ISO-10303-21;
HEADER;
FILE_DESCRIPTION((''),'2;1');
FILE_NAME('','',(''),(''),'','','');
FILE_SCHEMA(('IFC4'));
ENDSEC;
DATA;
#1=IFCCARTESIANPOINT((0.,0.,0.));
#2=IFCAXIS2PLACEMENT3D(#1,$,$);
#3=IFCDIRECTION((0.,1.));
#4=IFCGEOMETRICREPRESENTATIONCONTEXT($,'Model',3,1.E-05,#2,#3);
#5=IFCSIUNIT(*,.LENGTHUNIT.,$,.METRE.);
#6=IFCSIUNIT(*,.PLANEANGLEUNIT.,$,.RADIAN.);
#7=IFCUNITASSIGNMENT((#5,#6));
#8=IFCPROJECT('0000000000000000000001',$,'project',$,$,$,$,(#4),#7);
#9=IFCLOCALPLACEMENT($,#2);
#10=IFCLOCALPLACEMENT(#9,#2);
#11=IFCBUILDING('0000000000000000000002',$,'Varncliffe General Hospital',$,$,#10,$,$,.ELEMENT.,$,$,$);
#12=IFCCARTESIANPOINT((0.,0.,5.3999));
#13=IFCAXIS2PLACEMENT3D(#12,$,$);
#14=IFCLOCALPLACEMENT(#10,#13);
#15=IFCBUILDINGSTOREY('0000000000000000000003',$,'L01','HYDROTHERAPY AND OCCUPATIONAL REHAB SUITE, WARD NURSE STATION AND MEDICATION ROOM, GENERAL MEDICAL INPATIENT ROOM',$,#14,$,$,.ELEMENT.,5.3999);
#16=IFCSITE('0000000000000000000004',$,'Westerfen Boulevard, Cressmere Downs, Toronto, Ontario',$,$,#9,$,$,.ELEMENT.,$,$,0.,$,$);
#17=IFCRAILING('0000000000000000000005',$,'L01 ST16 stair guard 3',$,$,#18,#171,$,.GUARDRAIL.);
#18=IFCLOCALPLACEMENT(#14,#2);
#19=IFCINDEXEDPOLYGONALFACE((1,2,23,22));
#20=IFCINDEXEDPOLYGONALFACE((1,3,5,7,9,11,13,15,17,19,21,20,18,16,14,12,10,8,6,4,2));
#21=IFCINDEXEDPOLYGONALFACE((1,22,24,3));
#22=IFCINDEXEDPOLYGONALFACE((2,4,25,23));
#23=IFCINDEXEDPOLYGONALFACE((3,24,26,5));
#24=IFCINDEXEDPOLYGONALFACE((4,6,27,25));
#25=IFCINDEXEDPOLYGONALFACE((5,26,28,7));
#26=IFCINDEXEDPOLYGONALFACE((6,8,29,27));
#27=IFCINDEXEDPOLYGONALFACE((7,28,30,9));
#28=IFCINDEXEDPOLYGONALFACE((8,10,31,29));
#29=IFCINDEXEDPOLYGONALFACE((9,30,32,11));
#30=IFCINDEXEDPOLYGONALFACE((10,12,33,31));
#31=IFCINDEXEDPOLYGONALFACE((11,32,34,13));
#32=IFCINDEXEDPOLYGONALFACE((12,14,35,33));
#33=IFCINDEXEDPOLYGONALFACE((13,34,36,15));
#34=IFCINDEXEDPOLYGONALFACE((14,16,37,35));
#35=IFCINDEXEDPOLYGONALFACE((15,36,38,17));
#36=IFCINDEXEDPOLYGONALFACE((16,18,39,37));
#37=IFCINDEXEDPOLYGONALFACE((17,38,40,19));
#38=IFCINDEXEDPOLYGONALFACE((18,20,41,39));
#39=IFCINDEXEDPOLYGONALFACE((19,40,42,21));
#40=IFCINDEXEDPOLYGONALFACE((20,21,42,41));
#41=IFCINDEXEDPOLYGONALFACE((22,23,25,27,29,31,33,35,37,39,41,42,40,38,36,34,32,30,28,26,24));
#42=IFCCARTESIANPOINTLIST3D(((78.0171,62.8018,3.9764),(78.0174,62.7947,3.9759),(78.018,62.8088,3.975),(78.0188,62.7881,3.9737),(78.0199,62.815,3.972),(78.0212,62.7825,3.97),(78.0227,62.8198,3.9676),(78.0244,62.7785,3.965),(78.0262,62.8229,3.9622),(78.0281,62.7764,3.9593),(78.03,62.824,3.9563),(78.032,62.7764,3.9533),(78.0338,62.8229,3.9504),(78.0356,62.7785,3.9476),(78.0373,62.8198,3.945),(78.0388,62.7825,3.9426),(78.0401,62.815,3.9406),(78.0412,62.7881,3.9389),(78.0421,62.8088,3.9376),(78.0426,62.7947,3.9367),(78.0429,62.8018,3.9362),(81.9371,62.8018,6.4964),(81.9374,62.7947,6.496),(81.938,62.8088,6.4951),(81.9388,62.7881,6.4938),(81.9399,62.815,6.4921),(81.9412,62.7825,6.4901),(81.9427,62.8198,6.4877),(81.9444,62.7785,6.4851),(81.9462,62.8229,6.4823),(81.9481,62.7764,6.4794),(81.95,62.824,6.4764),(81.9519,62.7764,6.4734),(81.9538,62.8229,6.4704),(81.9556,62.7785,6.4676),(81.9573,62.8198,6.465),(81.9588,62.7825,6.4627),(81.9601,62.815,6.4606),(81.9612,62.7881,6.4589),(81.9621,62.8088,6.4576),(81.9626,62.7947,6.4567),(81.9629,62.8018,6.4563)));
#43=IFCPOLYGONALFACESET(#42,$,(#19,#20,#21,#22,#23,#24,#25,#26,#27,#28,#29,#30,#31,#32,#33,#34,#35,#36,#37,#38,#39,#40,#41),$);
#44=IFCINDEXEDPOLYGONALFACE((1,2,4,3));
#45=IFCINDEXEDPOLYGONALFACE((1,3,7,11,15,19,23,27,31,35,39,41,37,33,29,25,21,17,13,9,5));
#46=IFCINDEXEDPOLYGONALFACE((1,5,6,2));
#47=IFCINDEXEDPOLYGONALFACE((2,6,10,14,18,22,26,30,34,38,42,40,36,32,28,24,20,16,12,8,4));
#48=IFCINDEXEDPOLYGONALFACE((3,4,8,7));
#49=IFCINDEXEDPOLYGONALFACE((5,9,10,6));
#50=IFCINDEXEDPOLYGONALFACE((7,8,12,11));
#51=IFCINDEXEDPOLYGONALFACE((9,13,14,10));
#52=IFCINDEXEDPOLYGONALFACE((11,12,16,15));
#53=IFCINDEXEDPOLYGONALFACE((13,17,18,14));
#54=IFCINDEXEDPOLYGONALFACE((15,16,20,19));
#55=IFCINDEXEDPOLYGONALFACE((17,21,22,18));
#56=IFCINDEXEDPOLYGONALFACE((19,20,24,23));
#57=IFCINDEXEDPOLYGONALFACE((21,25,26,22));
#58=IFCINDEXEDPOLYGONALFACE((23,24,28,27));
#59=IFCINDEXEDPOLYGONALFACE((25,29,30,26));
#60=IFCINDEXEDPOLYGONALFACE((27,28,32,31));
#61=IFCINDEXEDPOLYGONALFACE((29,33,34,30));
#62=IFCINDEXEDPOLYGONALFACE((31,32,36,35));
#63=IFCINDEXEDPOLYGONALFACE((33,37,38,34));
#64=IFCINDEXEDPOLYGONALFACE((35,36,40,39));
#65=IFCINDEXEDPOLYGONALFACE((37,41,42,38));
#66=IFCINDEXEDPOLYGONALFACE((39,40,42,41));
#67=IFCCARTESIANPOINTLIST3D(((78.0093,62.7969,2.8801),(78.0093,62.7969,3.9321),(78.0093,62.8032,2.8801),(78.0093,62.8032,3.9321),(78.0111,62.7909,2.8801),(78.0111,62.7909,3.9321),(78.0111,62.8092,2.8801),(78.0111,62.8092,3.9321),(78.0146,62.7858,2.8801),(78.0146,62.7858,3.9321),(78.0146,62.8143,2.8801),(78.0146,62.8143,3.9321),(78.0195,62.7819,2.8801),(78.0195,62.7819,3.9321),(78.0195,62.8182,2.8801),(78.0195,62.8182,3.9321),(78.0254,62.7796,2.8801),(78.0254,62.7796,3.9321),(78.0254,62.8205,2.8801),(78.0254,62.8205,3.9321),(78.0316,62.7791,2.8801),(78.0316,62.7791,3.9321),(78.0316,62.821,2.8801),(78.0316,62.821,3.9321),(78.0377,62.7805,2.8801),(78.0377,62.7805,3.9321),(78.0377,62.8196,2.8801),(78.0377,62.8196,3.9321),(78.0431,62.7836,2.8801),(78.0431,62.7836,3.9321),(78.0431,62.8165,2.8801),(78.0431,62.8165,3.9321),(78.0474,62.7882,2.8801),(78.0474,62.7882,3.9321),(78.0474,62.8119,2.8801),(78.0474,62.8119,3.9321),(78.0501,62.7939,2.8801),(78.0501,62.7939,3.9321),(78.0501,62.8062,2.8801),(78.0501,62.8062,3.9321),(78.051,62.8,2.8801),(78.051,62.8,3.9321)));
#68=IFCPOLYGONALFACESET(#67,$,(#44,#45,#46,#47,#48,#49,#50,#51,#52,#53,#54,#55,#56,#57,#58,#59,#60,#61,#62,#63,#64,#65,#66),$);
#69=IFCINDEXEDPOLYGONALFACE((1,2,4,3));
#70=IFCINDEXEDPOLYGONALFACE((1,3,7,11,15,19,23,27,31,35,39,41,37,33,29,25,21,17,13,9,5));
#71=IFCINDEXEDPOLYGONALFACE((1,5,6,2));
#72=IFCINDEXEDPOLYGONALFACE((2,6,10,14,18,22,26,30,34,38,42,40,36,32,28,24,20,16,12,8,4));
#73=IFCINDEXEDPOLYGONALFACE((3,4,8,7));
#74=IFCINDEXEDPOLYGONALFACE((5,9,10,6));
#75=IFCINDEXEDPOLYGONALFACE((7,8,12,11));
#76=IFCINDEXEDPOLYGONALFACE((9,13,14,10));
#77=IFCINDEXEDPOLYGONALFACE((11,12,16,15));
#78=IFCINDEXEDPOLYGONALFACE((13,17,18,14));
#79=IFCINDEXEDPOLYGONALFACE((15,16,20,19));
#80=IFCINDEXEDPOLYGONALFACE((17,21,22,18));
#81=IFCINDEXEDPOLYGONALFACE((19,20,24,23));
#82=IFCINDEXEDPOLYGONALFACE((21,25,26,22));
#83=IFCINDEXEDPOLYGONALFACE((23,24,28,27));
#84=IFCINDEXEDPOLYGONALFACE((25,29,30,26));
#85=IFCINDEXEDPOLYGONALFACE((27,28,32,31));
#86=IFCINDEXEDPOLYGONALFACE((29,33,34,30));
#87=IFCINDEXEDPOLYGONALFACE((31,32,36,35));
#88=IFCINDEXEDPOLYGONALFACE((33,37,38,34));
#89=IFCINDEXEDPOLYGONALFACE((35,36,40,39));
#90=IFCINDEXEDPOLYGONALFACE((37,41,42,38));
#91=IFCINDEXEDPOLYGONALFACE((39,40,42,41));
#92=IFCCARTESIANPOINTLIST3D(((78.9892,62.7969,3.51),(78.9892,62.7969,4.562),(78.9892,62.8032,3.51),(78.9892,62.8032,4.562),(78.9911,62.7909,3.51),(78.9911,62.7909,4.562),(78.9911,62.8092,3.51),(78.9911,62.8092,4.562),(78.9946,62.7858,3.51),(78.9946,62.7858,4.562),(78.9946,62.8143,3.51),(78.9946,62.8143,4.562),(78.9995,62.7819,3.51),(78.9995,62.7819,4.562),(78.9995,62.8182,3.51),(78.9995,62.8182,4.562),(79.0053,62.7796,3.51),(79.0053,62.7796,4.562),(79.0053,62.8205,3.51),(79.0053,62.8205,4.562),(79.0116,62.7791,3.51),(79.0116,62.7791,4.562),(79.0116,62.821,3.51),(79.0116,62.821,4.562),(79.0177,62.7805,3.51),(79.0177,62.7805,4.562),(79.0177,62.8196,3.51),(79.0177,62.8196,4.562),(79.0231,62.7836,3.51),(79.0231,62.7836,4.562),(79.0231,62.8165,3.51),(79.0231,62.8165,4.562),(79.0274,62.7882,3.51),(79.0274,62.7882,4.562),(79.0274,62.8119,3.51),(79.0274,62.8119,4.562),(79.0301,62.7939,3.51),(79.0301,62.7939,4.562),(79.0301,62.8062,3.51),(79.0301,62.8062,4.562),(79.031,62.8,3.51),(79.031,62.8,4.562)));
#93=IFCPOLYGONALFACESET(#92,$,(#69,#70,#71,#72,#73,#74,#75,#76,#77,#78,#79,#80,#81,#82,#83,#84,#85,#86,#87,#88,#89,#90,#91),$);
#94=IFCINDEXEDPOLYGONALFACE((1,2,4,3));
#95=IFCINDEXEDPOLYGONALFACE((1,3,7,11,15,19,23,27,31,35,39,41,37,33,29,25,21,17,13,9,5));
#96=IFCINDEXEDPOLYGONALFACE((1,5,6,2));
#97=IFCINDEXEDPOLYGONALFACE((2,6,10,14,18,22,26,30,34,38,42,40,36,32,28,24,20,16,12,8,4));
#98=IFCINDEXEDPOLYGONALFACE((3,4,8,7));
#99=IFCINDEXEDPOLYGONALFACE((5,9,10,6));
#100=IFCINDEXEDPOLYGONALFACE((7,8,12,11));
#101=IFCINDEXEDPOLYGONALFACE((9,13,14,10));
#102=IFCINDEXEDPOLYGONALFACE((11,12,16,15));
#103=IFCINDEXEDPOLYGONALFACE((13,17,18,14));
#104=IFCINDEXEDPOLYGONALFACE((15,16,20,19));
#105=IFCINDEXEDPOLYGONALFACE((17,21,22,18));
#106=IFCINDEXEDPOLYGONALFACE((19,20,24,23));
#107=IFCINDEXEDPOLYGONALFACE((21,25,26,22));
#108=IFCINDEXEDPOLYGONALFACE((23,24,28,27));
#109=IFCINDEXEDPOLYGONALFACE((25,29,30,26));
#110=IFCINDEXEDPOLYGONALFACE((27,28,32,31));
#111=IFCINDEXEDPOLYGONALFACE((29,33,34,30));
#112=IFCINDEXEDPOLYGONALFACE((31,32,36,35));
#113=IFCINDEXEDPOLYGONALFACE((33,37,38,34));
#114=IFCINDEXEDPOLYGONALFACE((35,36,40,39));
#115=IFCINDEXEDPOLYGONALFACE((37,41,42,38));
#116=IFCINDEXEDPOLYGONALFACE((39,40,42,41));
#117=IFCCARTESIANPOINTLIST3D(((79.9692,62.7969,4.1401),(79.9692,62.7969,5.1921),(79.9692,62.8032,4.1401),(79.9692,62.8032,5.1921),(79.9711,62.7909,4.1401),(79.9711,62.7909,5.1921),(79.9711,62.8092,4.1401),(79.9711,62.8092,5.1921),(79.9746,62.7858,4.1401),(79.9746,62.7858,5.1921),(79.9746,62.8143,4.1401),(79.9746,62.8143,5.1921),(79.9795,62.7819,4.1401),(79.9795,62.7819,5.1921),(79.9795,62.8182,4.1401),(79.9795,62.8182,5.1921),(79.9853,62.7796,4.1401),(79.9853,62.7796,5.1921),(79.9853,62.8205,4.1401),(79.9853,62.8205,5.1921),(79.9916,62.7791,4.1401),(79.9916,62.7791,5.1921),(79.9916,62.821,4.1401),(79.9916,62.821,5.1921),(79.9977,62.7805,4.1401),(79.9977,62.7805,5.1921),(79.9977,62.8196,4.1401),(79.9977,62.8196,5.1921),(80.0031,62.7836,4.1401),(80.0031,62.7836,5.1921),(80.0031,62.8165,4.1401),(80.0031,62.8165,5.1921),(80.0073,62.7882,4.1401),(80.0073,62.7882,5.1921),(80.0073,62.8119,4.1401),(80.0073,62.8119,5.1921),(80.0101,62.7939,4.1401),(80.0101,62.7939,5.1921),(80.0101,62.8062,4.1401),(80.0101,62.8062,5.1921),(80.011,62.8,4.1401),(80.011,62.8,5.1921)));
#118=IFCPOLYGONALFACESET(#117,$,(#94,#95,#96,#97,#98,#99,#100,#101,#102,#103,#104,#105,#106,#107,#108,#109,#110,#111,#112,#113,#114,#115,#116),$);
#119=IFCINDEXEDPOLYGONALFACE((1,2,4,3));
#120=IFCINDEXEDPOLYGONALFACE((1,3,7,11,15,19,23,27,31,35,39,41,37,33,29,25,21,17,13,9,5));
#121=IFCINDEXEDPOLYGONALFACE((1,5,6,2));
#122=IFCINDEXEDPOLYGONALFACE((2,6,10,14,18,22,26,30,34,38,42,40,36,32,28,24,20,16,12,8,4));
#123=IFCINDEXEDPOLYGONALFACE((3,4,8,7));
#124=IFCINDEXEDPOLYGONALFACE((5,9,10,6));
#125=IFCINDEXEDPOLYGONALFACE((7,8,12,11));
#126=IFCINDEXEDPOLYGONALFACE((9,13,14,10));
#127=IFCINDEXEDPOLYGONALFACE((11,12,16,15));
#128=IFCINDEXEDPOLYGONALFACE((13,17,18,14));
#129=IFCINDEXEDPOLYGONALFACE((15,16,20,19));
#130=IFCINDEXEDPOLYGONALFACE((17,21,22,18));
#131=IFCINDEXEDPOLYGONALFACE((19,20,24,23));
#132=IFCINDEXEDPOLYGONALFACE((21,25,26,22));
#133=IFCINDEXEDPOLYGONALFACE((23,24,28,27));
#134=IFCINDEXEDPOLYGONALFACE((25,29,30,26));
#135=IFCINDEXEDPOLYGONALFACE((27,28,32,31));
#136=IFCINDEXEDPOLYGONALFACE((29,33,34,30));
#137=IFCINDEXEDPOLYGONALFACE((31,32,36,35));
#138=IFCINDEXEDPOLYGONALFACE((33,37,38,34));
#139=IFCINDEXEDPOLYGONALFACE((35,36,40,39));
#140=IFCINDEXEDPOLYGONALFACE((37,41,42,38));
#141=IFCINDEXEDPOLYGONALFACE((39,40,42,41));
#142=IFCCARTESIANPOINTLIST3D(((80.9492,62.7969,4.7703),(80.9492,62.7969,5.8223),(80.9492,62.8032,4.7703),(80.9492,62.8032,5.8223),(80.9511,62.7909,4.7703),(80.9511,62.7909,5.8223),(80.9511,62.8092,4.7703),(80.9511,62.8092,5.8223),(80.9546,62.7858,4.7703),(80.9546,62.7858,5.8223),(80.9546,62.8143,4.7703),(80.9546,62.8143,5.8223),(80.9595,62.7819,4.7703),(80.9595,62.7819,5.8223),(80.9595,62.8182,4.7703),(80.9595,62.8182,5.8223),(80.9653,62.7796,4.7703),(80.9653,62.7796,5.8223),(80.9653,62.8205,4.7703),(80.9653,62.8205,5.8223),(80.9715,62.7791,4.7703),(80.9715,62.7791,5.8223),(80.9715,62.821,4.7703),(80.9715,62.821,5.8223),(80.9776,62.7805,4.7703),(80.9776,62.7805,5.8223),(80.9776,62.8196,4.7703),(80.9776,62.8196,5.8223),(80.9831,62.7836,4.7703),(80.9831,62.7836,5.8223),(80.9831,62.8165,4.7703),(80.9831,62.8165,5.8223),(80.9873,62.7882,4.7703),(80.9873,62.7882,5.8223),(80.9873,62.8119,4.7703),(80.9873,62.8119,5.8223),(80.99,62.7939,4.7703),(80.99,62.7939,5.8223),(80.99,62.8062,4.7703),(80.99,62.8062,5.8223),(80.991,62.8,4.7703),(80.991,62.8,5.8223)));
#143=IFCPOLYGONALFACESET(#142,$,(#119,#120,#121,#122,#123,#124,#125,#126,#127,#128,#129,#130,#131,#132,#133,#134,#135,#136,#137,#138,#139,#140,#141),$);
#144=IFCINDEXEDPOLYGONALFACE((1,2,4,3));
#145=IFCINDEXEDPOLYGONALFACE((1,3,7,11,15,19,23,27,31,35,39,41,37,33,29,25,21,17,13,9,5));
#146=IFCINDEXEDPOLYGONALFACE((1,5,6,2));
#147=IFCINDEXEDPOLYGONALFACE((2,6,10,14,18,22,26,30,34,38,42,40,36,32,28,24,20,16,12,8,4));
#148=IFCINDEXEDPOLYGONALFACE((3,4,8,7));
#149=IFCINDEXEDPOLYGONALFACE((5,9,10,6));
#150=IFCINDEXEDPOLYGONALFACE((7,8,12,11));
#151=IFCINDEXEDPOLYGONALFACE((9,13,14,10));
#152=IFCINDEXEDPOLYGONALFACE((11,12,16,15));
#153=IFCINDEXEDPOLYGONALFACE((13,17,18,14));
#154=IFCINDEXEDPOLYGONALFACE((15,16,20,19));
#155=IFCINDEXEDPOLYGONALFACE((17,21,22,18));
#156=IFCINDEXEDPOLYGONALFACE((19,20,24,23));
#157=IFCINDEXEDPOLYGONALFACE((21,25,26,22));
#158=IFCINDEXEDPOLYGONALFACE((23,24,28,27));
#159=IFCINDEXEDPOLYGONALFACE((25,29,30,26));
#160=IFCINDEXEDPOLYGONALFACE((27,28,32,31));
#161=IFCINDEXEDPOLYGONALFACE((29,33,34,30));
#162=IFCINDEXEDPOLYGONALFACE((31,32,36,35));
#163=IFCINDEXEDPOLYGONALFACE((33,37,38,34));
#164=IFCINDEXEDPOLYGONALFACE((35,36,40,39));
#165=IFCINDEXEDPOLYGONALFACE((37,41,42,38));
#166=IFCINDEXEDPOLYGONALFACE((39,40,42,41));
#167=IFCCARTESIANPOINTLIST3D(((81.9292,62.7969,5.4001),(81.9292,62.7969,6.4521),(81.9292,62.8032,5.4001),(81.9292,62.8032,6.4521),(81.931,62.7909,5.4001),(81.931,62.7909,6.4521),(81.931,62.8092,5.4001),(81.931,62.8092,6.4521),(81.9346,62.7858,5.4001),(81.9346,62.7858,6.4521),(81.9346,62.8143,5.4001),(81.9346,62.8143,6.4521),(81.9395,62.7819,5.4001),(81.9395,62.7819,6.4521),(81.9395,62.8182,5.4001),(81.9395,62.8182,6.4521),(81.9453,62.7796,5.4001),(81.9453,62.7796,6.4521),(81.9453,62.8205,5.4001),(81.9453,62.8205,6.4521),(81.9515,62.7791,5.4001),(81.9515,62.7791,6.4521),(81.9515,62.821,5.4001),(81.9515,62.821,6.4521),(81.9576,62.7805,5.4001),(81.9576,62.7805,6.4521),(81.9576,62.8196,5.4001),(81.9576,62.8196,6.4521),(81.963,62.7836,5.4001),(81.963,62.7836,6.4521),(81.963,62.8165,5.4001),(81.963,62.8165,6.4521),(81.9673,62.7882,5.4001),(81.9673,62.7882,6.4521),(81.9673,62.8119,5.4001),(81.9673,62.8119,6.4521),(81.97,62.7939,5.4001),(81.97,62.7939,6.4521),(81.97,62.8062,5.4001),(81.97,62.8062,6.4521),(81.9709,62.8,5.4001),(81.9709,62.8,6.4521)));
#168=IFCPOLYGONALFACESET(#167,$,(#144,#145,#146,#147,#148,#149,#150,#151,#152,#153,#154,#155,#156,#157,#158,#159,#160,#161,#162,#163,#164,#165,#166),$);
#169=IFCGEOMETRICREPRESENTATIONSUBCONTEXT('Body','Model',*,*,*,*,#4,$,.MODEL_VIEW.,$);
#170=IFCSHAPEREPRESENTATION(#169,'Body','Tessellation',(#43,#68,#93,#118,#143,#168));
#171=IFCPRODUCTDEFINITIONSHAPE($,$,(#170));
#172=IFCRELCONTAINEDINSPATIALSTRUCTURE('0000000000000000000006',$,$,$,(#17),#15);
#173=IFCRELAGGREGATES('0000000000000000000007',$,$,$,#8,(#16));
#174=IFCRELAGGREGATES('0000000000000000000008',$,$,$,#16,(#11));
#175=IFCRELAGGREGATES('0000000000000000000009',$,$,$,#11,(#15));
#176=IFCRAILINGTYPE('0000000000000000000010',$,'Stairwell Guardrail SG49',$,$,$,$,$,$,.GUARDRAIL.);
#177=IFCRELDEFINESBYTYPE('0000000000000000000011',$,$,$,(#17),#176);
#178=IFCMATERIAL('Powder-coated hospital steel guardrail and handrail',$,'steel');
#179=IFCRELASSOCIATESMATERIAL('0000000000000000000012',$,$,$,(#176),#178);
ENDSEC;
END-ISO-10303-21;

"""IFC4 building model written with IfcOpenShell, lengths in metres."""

from ifc_helpers import new_model, si_unit, direction, frame, origin, origin_2d, place, context, subcontext, project, spatial, circle, extrude, material, type_object, element, save


model = new_model("IFC4")

# Units and contexts
model_context = context("Model", 3, precision=1e-05, world=origin(), true_north=direction((0.0, 1.0)))
body_context = subcontext(model_context, "Body", "Model", "MODEL_VIEW")
ifc_project = project(units=[si_unit("LENGTHUNIT", "METRE"), si_unit("PLANEANGLEUNIT", "RADIAN")], contexts=[model_context])

# Site, building, storey
site_placement = place(None, origin())
site = spatial("IfcSite", under=ifc_project, at=site_placement, Name="Westerfen Boulevard, Cressmere Downs, Toronto, Ontario", CompositionType="ELEMENT", RefElevation=0.0)
building_placement = place(site_placement, origin())
building = spatial("IfcBuilding", under=site, at=building_placement, Name="Varncliffe General Hospital", CompositionType="ELEMENT")
storey_placement = place(building_placement, frame((0.0, 0.0, 5.3999)))
storey = spatial("IfcBuildingStorey", under=building, at=storey_placement, Name="L01", Description="HYDROTHERAPY AND OCCUPATIONAL REHAB SUITE, WARD NURSE STATION AND MEDICATION ROOM, GENERAL MEDICAL INPATIENT ROOM", CompositionType="ELEMENT", Elevation=5.3999)

# Railing
ifc_material_1 = material(Name="Powder-coated hospital steel guardrail and handrail", Category="steel")
railing_type_1 = type_object("IfcRailingType", Name="Stairwell Guardrail SG49", PredefinedType="GUARDRAIL", material=ifc_material_1)
railing_1_placement = place(storey_placement, frame((78.03, 62.8, 2.8801)))
element("IfcRailing", 1, at=railing_1_placement, inside=storey, type_object=railing_type_1, Name="L01 ST16 stair guard 3", PredefinedType="GUARDRAIL", context=body_context, shape_type="SweptSolid", body=[
    extrude(circle(Radius=0.0239, at=origin_2d()), frame((0.0, 0.0, 1.0762), z_axis=(0.841172, 0.0, 0.540768), x_axis=(0.0, 1.0, 0.0)), (0.0, 0.0, 1.0), 4.6602),
    extrude(circle(Radius=0.021, at=origin_2d()), origin(), (0.0, 0.0, 1.0), 1.052),
    extrude(circle(Radius=0.021, at=origin_2d()), frame((0.98, 0.0, 0.6299)), (0.0, 0.0, 1.0), 1.052),
    extrude(circle(Radius=0.021, at=origin_2d()), frame((1.96, 0.0, 1.26)), (0.0, 0.0, 1.0), 1.052),
    extrude(circle(Radius=0.021, at=origin_2d()), frame((2.9399, 0.0, 1.8901)), (0.0, 0.0, 1.0), 1.052),
    extrude(circle(Radius=0.021, at=origin_2d()), frame((3.9199, 0.0, 2.52)), (0.0, 0.0, 1.0), 1.052),
])

save(model, "model.ifc")
